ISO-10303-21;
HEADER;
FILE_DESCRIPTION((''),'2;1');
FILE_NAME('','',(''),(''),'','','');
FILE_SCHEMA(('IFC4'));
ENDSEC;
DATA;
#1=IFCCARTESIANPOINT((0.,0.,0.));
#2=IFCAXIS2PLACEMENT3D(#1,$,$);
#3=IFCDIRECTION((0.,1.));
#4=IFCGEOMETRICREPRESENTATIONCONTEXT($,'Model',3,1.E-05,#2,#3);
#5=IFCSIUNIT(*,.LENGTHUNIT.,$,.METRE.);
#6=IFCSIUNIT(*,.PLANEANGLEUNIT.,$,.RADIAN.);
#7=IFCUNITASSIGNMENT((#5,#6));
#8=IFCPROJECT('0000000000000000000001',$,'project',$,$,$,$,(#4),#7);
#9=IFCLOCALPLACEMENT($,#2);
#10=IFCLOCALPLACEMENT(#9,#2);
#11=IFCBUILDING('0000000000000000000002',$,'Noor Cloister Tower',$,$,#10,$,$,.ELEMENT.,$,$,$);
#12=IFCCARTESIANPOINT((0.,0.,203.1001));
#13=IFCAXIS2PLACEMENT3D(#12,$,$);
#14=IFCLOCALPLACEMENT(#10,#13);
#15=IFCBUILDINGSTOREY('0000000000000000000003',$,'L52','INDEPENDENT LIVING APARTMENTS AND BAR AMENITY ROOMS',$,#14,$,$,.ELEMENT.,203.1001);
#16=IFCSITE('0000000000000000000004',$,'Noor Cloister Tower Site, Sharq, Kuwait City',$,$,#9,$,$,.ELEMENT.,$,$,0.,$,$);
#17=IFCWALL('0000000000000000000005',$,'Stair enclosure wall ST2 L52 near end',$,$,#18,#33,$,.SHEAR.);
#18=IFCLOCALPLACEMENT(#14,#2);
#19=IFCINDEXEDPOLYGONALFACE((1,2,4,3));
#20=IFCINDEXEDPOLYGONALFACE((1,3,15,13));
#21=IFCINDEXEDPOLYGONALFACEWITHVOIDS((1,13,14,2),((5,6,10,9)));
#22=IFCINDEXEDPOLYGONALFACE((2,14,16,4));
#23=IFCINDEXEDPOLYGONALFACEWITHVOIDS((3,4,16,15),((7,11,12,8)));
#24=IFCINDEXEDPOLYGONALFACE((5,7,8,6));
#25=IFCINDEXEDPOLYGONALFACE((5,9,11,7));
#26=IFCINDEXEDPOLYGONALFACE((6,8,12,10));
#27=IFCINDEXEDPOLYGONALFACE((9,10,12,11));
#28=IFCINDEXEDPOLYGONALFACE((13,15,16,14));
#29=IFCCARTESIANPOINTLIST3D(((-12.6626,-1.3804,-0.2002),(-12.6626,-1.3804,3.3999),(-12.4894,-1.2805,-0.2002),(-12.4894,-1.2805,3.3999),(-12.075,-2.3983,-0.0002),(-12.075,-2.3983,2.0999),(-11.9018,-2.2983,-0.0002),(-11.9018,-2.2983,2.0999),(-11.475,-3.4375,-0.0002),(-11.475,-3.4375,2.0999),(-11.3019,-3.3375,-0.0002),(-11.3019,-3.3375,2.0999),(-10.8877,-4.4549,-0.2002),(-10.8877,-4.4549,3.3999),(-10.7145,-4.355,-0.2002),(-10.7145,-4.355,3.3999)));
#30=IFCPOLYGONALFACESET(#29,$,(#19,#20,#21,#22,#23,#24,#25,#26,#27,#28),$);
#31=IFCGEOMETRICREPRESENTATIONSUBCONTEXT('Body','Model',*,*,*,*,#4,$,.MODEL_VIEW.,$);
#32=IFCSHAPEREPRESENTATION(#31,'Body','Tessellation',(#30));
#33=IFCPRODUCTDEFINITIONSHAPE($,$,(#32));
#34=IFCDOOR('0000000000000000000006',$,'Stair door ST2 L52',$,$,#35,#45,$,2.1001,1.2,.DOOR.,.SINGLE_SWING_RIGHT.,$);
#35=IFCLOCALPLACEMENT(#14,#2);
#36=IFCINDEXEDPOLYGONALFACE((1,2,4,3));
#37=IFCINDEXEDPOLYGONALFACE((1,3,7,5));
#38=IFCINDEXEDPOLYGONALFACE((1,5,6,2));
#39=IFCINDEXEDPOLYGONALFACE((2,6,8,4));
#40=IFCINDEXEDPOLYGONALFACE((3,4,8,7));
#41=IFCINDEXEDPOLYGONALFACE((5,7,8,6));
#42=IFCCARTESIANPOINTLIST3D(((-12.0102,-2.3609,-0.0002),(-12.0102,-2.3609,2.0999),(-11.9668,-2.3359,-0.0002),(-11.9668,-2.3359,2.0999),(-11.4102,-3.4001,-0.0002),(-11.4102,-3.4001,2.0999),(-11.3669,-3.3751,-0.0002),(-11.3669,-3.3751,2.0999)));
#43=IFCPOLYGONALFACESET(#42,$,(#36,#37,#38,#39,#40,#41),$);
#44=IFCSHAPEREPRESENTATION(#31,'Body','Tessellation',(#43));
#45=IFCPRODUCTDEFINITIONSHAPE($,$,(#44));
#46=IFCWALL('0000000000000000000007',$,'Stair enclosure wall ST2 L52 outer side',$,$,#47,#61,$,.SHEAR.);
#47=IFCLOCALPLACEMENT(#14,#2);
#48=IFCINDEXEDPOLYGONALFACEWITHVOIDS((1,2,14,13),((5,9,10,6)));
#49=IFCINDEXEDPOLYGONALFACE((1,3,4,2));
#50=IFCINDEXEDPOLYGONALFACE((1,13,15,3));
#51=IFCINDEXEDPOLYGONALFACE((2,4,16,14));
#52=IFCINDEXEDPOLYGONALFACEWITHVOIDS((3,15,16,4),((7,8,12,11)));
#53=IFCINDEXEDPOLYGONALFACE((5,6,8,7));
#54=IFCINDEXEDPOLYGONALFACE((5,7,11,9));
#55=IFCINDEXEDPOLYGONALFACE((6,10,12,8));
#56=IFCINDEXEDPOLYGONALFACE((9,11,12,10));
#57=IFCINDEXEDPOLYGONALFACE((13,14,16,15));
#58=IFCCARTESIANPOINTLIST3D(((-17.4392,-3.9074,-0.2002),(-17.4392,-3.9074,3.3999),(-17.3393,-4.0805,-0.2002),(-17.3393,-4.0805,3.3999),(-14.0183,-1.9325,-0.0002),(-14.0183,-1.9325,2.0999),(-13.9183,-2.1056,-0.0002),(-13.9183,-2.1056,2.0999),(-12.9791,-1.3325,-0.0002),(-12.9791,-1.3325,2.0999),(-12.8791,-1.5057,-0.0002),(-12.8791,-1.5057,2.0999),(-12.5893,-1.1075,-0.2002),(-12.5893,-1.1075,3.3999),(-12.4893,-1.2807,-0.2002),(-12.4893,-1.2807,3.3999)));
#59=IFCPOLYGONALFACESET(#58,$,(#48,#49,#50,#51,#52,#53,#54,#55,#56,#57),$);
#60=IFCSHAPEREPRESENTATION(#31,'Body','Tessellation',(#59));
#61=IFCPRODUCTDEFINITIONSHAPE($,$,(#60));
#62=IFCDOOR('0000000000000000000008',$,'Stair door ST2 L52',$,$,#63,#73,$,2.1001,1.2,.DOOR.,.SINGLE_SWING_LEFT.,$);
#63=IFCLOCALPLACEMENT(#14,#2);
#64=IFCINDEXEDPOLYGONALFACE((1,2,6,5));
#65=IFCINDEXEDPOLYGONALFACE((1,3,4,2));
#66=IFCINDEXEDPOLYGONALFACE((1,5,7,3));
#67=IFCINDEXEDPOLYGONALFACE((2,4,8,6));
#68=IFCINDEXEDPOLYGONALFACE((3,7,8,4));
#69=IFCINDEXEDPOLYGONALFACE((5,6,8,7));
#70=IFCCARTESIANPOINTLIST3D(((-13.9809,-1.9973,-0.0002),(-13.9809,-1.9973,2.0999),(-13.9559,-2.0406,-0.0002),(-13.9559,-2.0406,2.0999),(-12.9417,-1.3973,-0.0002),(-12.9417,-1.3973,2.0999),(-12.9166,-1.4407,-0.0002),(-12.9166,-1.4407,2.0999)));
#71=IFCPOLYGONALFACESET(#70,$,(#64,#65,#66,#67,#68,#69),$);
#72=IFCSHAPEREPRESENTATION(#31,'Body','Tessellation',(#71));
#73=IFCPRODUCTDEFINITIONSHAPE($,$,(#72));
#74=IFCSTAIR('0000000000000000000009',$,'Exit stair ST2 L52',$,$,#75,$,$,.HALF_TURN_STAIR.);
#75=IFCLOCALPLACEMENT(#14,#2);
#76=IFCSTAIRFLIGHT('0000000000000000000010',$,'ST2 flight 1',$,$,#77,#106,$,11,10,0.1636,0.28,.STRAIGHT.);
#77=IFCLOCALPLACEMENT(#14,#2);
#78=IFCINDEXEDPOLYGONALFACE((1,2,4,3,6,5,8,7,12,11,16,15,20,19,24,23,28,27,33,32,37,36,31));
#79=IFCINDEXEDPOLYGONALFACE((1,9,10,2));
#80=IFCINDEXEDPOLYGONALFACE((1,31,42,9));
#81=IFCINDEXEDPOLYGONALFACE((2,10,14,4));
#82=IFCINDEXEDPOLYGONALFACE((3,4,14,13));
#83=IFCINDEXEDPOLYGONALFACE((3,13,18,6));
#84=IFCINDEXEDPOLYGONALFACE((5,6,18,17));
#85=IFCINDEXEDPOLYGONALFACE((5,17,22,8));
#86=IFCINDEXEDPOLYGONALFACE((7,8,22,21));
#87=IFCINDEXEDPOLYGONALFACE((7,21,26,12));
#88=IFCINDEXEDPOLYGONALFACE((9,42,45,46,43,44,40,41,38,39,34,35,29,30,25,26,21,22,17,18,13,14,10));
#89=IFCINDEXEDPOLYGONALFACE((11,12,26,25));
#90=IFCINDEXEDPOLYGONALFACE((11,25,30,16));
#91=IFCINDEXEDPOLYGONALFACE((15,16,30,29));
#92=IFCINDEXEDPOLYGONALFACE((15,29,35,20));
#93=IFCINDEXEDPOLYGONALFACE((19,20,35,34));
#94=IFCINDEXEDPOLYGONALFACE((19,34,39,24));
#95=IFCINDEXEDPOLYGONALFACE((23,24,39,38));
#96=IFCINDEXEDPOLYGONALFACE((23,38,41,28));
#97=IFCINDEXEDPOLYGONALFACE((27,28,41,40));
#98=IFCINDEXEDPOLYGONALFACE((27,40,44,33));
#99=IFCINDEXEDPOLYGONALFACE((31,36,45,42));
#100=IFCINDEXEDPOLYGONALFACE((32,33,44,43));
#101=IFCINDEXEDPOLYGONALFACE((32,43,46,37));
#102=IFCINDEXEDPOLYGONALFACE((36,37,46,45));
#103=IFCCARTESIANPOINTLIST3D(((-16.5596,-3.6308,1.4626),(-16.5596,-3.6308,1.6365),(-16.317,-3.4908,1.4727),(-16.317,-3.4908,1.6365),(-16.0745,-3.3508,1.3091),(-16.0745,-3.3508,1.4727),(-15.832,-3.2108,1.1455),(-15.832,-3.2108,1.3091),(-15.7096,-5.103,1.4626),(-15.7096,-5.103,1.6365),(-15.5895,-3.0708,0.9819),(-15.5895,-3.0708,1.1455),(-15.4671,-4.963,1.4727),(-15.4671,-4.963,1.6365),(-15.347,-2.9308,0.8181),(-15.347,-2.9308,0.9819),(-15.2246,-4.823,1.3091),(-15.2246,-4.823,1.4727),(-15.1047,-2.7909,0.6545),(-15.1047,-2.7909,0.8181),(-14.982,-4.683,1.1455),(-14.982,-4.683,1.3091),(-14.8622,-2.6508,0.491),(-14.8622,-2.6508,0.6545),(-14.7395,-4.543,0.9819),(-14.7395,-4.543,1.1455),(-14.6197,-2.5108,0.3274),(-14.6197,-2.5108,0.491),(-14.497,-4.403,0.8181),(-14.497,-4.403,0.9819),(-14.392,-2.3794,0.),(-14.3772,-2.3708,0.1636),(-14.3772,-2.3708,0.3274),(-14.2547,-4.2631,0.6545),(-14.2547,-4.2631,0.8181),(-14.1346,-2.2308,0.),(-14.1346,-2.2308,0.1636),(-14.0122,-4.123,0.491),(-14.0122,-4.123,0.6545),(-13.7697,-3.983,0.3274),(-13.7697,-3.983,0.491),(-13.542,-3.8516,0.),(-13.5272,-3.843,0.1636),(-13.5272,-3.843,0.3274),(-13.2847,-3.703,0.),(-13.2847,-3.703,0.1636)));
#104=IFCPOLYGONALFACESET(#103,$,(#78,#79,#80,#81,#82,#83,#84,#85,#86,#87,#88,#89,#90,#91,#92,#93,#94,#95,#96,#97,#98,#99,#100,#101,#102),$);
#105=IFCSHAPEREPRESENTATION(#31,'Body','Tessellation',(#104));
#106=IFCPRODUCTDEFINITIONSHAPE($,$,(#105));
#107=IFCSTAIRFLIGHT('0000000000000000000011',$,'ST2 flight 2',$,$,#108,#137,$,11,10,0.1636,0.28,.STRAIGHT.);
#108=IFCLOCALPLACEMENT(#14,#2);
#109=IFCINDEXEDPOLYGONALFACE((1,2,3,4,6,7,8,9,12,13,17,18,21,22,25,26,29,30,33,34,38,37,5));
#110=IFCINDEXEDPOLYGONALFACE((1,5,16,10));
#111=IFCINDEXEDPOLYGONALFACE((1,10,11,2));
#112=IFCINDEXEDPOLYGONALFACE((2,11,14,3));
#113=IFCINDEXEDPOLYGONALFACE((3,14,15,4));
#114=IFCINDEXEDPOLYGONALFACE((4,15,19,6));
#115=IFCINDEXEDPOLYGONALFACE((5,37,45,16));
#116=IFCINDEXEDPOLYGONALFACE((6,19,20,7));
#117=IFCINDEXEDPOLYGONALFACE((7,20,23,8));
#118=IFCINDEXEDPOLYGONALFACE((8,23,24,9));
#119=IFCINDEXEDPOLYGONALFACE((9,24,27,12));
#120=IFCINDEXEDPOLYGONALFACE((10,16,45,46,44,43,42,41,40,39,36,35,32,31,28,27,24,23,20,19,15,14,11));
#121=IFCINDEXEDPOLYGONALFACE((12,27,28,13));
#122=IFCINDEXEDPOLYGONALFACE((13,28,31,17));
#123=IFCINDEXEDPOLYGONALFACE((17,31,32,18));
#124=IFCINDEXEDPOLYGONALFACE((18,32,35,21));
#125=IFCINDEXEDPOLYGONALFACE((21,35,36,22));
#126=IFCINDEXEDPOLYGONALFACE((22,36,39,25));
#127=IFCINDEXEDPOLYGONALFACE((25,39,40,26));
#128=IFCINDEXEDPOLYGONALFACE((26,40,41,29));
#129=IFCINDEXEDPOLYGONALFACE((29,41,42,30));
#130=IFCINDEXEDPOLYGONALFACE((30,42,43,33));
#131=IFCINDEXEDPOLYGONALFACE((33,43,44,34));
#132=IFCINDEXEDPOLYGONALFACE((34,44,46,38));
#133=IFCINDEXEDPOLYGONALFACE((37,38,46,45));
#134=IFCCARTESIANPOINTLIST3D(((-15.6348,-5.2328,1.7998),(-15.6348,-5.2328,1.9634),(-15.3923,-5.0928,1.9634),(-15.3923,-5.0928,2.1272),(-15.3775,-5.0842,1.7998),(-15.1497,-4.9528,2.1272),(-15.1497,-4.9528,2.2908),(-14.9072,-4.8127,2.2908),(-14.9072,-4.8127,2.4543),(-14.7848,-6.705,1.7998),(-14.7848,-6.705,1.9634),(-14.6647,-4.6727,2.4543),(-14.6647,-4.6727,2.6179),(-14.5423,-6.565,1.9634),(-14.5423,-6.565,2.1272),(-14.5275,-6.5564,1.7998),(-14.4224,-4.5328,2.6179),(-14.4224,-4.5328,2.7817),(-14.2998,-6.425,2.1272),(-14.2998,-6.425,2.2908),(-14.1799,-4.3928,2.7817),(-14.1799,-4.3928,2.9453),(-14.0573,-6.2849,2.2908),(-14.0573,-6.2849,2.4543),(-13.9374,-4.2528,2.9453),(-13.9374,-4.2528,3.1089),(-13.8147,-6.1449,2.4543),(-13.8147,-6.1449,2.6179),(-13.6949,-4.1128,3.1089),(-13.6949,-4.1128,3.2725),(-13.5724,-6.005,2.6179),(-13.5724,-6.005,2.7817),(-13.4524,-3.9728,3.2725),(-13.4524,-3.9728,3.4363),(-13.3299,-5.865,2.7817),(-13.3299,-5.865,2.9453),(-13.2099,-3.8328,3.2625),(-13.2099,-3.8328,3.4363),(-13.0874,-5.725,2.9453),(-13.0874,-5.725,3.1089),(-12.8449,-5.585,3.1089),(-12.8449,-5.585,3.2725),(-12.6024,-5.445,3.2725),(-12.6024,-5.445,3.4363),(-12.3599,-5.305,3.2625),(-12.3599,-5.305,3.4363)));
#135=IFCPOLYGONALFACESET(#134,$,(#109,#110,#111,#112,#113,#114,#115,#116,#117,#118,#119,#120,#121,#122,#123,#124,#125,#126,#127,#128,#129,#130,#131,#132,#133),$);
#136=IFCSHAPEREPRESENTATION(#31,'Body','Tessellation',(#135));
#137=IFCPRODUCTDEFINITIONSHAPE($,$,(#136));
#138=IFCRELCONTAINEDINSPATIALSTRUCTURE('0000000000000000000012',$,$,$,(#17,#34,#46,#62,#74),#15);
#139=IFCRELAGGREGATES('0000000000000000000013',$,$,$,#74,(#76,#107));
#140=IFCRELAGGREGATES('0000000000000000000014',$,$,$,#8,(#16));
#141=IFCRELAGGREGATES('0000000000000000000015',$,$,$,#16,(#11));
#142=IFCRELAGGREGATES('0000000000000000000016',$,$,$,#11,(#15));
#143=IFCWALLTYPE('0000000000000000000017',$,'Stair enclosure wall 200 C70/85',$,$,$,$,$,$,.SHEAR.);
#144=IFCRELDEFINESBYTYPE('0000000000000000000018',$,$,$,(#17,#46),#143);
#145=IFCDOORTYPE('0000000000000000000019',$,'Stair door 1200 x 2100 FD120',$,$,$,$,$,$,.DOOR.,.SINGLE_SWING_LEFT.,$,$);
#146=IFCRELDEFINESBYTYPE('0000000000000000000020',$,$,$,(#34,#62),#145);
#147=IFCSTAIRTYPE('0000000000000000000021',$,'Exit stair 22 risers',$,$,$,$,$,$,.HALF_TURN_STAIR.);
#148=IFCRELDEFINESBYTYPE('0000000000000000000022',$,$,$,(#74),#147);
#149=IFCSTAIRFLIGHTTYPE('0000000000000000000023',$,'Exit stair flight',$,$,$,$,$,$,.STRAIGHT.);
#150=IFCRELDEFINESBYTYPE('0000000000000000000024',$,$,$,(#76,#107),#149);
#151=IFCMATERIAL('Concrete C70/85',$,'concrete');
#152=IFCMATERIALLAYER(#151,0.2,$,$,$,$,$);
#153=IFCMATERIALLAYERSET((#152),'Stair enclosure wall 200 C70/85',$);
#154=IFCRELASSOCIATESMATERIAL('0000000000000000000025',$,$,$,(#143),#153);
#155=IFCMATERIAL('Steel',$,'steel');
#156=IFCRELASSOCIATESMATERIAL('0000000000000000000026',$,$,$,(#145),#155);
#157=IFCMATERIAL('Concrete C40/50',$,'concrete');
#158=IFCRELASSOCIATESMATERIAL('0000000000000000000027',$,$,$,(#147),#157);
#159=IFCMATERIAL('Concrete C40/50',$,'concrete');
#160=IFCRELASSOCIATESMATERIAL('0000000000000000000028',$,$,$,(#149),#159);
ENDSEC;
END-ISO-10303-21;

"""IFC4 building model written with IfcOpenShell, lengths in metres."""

from ifc_helpers import new_model, si_unit, direction, frame, frame_2d, origin, place, context, subcontext, project, spatial, polyline, rectangle, outline, extrude, material, layer, layer_set, type_object, element, fill, aggregate, save


model = new_model("IFC4")

# Units and contexts
model_context = context("Model", 3, precision=1e-05, world=origin(), true_north=direction((0.0, 1.0)))
body_context = subcontext(model_context, "Body", "Model", "MODEL_VIEW")
ifc_project = project(units=[si_unit("LENGTHUNIT", "METRE"), si_unit("PLANEANGLEUNIT", "RADIAN")], contexts=[model_context])

# Site, building, storey
site_placement = place(None, origin())
site = spatial("IfcSite", under=ifc_project, at=site_placement, Name="Noor Cloister Tower Site, Sharq, Kuwait City", CompositionType="ELEMENT", RefElevation=0.0)
building_placement = place(site_placement, origin())
building = spatial("IfcBuilding", under=site, at=building_placement, Name="Noor Cloister Tower", CompositionType="ELEMENT")
storey_placement = place(building_placement, frame((0.0, 0.0, 203.1001)))
storey = spatial("IfcBuildingStorey", under=building, at=storey_placement, Name="L52", Description="INDEPENDENT LIVING APARTMENTS AND BAR AMENITY ROOMS", CompositionType="ELEMENT", Elevation=203.1001)

# Walls, openings, doors
ifc_material_1 = material(Name="Concrete C70/85", Category="concrete")
ifc_layer_1 = layer(ifc_material_1, 0.2)
ifc_layer_set_1 = layer_set([ifc_layer_1], Name="Stair enclosure wall 200 C70/85")
wall_type_1 = type_object("IfcWallType", Name="Stair enclosure wall 200 C70/85", PredefinedType="SHEAR", material=ifc_layer_set_1)
wall_1_placement = place(storey_placement, frame((-12.5759, -1.3306, -0.2002), z_axis=(0.0, 0.0, 1.0), x_axis=(0.49997, -0.866042, 0.0)))
wall_1 = element("IfcWall", 1, at=wall_1_placement, inside=storey, type_object=wall_type_1, Name="Stair enclosure wall ST2 L52 near end", PredefinedType="SHEAR", context=body_context, shape_type="SweptSolid", body=[
    extrude(rectangle(XDim=3.55, YDim=0.2, at=frame_2d((1.7749, 0.0))), origin(), (0.0, 0.0, 1.0), 3.6001),
])
opening_1_placement = place(wall_1_placement, frame((1.175, 0.0, 0.2)))
opening_1 = element("IfcOpeningElement", 2, at=opening_1_placement, cuts=wall_1, PredefinedType="OPENING", context=body_context, shape_type="SweptSolid", body=[
    extrude(rectangle(XDim=1.2, YDim=2.1001, at=frame_2d((0.6001, 1.05))), frame((0.0, 0.1099, 0.0), z_axis=(0.0, -1.0, 0.0), x_axis=(1.0, 0.0, 0.0)), (0.0, 0.0, 1.0), 0.22),
])
ifc_material_2 = material(Name="Steel", Category="steel")
door_type_1 = type_object("IfcDoorType", Name="Stair door 1200 x 2100 FD120", OperationType="SINGLE_SWING_LEFT", PredefinedType="DOOR", material=ifc_material_2)
door_1_placement = place(opening_1_placement, origin())
door_1 = element("IfcDoor", 3, at=door_1_placement, inside=storey, type_object=door_type_1, Name="Stair door ST2 L52", OperationType="SINGLE_SWING_RIGHT", OverallHeight=2.1001, OverallWidth=1.2, PredefinedType="DOOR", context=body_context, shape_type="SweptSolid", body=[
    extrude(rectangle(XDim=1.2, YDim=2.1001, at=frame_2d((0.6001, 1.05))), frame((0.0, 0.0249, 0.0), z_axis=(0.0, -1.0, 0.0), x_axis=(1.0, 0.0, 0.0)), (0.0, 0.0, 1.0), 0.05),
])
fill(opening_1, door_1)
wall_2_placement = place(storey_placement, frame((-12.5393, -1.1941, -0.2002), z_axis=(0.0, 0.0, 1.0), x_axis=(-0.866045, -0.499965, 0.0)))
wall_2 = element("IfcWall", 4, at=wall_2_placement, inside=storey, type_object=wall_type_1, Name="Stair enclosure wall ST2 L52 outer side", PredefinedType="SHEAR", context=body_context, shape_type="SweptSolid", body=[
    extrude(rectangle(XDim=5.6001, YDim=0.2, at=frame_2d((2.8, 0.0))), origin(), (0.0, 0.0, 1.0), 3.6001),
])
opening_2_placement = place(wall_2_placement, frame((0.45, 0.0, 0.2)))
opening_2 = element("IfcOpeningElement", 5, at=opening_2_placement, cuts=wall_2, PredefinedType="OPENING", context=body_context, shape_type="SweptSolid", body=[
    extrude(rectangle(XDim=1.2, YDim=2.1001, at=frame_2d((0.6001, 1.05))), frame((0.0, 0.1099, 0.0), z_axis=(0.0, -1.0, 0.0), x_axis=(1.0, 0.0, 0.0)), (0.0, 0.0, 1.0), 0.22),
])
door_2_placement = place(opening_2_placement, origin())
door_2 = element("IfcDoor", 6, at=door_2_placement, inside=storey, type_object=door_type_1, Name="Stair door ST2 L52", OperationType="SINGLE_SWING_LEFT", OverallHeight=2.1001, OverallWidth=1.2, PredefinedType="DOOR", context=body_context, shape_type="SweptSolid", body=[
    extrude(rectangle(XDim=1.2, YDim=2.1001, at=frame_2d((0.6001, 1.05))), frame((0.0, 0.0249, 0.0), z_axis=(0.0, -1.0, 0.0), x_axis=(1.0, 0.0, 0.0)), (0.0, 0.0, 1.0), 0.05),
])
fill(opening_2, door_2)

# Stair, stair flights
ifc_material_3 = material(Name="Concrete C40/50", Category="concrete")
stair_type = type_object("IfcStairType", Name="Exit stair 22 risers", PredefinedType="HALF_TURN_STAIR", material=ifc_material_3)
stair_placement = place(storey_placement, origin())
stair = element("IfcStair", 7, at=stair_placement, inside=storey, type_object=stair_type, Name="Exit stair ST2 L52", PredefinedType="HALF_TURN_STAIR")
ifc_material_4 = material(Name="Concrete C40/50", Category="concrete")
stair_flight_type = type_object("IfcStairFlightType", Name="Exit stair flight", PredefinedType="STRAIGHT", material=ifc_material_4)
stair_flight_1_placement = place(storey_placement, frame((-13.7097, -2.9668, 0.0), z_axis=(0.0, 0.0, 1.0), x_axis=(-0.866025, -0.5, 0.0)))
stair_flight_1 = element("IfcStairFlight", 8, at=stair_flight_1_placement, type_object=stair_flight_type, Name="ST2 flight 1", NumberOfRisers=11, NumberOfTreads=10, PredefinedType="STRAIGHT", RiserHeight=0.1636, TreadLength=0.28, context=body_context, shape_type="SweptSolid", body=[
    extrude(outline(polyline([(0.0, 0.0), (0.0, 0.1636), (0.28, 0.1636), (0.28, 0.3274), (0.5601, 0.3274), (0.5601, 0.491), (0.8401, 0.491), (0.8401, 0.6545), (1.1201, 0.6545), (1.1201, 0.8181), (1.3999, 0.8181), (1.3999, 0.9819), (1.6799, 0.9819), (1.6799, 1.1455), (1.96, 1.1455), (1.96, 1.3091), (2.24, 1.3091), (2.24, 1.4727), (2.52, 1.4727), (2.52, 1.6365), (2.8, 1.6365), (2.8, 1.8), (2.8, 1.4626), (0.2971, 0.0), (0.0, 0.0)])), frame((0.0, 0.8501, 0.0), z_axis=(0.0, -1.0, 0.0), x_axis=(1.0, 0.0, 0.0)), (0.0, 0.0, 1.0), 1.7),
])
stair_flight_2_placement = place(storey_placement, frame((-15.2097, -5.969, 1.7998), z_axis=(0.0, 0.0, 1.0), x_axis=(0.866025, 0.5, 0.0)))
stair_flight_2 = element("IfcStairFlight", 9, at=stair_flight_2_placement, type_object=stair_flight_type, Name="ST2 flight 2", NumberOfRisers=11, NumberOfTreads=10, PredefinedType="STRAIGHT", RiserHeight=0.1636, TreadLength=0.28, context=body_context, shape_type="SweptSolid", body=[
    extrude(outline(polyline([(0.0, 0.0), (0.0, 0.1636), (0.28, 0.1636), (0.28, 0.3274), (0.5601, 0.3274), (0.5601, 0.491), (0.8401, 0.491), (0.8401, 0.6545), (1.1201, 0.6545), (1.1201, 0.8181), (1.3999, 0.8181), (1.3999, 0.9819), (1.6799, 0.9819), (1.6799, 1.1455), (1.96, 1.1455), (1.96, 1.3091), (2.24, 1.3091), (2.24, 1.4727), (2.52, 1.4727), (2.52, 1.6365), (2.8, 1.6365), (2.8, 1.8), (2.8, 1.4626), (0.2971, 0.0), (0.0, 0.0)])), frame((0.0, 0.8501, 0.0), z_axis=(0.0, -1.0, 0.0), x_axis=(1.0, 0.0, 0.0)), (0.0, 0.0, 1.0), 1.7),
])
aggregate(stair, [stair_flight_1, stair_flight_2])

save(model, "model.ifc")
